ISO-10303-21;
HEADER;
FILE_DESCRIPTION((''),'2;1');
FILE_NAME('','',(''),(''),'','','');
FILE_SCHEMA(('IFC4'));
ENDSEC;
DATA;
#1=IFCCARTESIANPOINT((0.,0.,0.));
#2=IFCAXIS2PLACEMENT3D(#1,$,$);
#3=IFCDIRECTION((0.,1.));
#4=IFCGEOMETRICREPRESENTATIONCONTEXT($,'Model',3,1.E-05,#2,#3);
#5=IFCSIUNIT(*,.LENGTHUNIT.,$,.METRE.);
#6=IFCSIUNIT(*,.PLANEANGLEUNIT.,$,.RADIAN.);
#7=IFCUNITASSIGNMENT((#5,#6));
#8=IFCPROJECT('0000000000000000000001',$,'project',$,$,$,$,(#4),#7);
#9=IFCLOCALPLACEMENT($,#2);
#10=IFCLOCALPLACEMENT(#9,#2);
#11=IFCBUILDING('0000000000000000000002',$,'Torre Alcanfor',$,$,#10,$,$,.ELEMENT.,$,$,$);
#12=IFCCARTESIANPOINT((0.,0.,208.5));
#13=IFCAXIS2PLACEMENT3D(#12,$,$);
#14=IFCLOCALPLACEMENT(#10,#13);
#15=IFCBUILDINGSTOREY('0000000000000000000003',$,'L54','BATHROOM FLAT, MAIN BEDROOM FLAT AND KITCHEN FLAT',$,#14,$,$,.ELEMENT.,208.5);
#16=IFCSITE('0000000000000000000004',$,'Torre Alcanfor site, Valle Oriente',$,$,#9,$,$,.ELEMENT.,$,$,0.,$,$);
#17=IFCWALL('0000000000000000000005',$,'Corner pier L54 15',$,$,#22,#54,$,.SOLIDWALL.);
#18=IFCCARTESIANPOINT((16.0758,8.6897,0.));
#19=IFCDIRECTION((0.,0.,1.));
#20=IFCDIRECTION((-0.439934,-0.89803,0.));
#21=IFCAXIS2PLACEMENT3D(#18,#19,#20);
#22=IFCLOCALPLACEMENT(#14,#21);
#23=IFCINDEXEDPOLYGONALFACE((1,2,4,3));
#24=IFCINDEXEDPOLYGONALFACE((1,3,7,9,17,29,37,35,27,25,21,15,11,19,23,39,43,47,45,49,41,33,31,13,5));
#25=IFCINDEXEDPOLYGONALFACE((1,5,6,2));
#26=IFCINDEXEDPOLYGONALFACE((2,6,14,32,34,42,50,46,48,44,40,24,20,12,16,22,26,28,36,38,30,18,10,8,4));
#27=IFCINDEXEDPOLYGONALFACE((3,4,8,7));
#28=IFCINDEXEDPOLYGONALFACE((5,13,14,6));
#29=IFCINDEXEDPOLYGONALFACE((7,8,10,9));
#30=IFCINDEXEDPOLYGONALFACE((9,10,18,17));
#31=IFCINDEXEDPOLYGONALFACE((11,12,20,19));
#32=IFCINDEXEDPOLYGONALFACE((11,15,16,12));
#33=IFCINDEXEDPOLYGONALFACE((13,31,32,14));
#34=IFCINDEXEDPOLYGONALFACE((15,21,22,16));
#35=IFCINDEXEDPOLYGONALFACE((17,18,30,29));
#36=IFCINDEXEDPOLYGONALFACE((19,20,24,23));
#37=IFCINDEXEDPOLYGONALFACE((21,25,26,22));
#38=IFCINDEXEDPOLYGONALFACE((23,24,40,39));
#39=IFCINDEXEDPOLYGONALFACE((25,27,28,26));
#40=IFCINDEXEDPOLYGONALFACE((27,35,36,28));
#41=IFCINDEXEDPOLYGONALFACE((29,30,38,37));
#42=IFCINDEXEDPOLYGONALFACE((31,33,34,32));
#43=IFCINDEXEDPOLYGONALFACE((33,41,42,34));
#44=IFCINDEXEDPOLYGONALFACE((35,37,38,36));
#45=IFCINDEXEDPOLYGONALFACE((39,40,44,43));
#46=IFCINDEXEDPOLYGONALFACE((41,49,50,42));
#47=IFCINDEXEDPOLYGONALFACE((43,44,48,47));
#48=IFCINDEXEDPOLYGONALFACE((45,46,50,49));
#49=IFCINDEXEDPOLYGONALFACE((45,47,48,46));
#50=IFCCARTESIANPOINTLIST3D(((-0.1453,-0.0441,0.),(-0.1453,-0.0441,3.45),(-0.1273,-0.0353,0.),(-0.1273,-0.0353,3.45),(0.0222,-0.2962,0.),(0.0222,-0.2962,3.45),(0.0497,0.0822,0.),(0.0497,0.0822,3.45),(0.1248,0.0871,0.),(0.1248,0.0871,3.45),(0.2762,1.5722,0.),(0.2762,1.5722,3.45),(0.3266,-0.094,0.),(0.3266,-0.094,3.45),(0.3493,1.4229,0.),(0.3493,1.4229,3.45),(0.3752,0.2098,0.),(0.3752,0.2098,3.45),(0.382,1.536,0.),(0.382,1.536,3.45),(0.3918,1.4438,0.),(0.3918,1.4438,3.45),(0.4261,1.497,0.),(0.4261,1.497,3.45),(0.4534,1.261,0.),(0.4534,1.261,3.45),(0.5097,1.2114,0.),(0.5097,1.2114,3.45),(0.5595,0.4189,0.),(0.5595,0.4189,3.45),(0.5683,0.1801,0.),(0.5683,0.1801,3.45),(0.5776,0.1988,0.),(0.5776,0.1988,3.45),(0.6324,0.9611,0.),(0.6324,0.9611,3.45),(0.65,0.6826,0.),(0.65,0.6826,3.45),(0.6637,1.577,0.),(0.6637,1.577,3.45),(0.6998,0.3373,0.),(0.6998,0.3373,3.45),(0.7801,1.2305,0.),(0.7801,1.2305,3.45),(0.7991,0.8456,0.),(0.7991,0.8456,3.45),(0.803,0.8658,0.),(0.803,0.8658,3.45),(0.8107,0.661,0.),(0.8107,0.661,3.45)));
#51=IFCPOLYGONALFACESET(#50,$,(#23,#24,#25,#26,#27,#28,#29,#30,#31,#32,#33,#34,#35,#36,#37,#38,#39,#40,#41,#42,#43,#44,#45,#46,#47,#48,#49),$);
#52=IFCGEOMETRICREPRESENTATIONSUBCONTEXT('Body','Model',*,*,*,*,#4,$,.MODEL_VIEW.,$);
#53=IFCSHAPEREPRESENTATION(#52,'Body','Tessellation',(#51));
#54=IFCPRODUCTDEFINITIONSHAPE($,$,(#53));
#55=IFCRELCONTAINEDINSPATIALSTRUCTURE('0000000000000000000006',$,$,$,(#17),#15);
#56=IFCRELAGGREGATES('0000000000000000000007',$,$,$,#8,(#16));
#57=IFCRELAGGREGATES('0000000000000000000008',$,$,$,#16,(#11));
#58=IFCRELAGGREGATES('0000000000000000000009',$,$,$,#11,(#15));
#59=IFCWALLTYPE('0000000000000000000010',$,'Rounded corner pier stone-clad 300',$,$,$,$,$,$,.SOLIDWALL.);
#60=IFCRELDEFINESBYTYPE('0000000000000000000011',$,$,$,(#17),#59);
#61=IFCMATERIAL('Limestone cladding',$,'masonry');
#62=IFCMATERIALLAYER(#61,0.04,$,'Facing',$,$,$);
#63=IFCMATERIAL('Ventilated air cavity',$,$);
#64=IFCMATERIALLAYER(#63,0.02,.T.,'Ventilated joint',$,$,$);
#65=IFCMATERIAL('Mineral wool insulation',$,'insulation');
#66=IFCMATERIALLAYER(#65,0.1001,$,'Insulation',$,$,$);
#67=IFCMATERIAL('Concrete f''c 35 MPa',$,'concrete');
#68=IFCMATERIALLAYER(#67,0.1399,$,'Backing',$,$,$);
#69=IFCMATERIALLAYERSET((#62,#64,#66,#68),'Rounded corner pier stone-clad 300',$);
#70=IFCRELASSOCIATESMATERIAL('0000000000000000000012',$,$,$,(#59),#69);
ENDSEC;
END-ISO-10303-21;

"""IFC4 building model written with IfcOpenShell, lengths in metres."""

from ifc_helpers import new_model, si_unit, direction, frame, origin, place, context, subcontext, project, spatial, polyline, outline, extrude, material, layer, layer_set, type_object, element, save


model = new_model("IFC4")

# Units and contexts
model_context = context("Model", 3, precision=1e-05, world=origin(), true_north=direction((0.0, 1.0)))
body_context = subcontext(model_context, "Body", "Model", "MODEL_VIEW")
ifc_project = project(units=[si_unit("LENGTHUNIT", "METRE"), si_unit("PLANEANGLEUNIT", "RADIAN")], contexts=[model_context])

# Site, building, storey
site_placement = place(None, origin())
site = spatial("IfcSite", under=ifc_project, at=site_placement, Name="Torre Alcanfor site, Valle Oriente", CompositionType="ELEMENT", RefElevation=0.0)
building_placement = place(site_placement, origin())
building = spatial("IfcBuilding", under=site, at=building_placement, Name="Torre Alcanfor", CompositionType="ELEMENT")
storey_placement = place(building_placement, frame((0.0, 0.0, 208.5)))
storey = spatial("IfcBuildingStorey", under=building, at=storey_placement, Name="L54", Description="BATHROOM FLAT, MAIN BEDROOM FLAT AND KITCHEN FLAT", CompositionType="ELEMENT", Elevation=208.5)

# Shared definitions
ifc_material_1 = material(Name="Limestone cladding", Category="masonry")
ifc_material_2 = material(Name="Ventilated air cavity")
ifc_material_3 = material(Name="Mineral wool insulation", Category="insulation")
ifc_material_4 = material(Name="Concrete f'c 35 MPa", Category="concrete")

# Wall
ifc_layer_1 = layer(ifc_material_1, 0.04, Name="Facing")
ifc_layer_2 = layer(ifc_material_2, 0.02, ventilated=True, Name="Ventilated joint")
ifc_layer_3 = layer(ifc_material_3, 0.1001, Name="Insulation")
ifc_layer_4 = layer(ifc_material_4, 0.1399, Name="Backing")
ifc_layer_set_1 = layer_set([ifc_layer_1, ifc_layer_2, ifc_layer_3, ifc_layer_4], Name="Rounded corner pier stone-clad 300")
wall_type_1 = type_object("IfcWallType", Name="Rounded corner pier stone-clad 300", PredefinedType="SOLIDWALL", material=ifc_layer_set_1)
wall_1_placement = place(storey_placement, frame((16.0758, 8.6897, 0.0), z_axis=(0.0, 0.0, 1.0), x_axis=(-0.439934, -0.89803, 0.0)))
element("IfcWall", 1, at=wall_1_placement, inside=storey, type_object=wall_type_1, Name="Corner pier L54 15", PredefinedType="SOLIDWALL", context=body_context, shape_type="SweptSolid", body=[
    extrude(outline(polyline([(0.6637, 1.577), (0.4261, 1.497), (0.382, 1.536), (0.2762, 1.5722), (0.3493, 1.4229), (0.3918, 1.4438), (0.4534, 1.261), (0.5097, 1.2114), (0.6324, 0.9611), (0.65, 0.6826), (0.5595, 0.4189), (0.3752, 0.2098), (0.1248, 0.0871), (0.0497, 0.0822), (-0.1273, -0.0353), (-0.1453, -0.0441), (0.0222, -0.2962), (0.3266, -0.094), (0.5683, 0.1801), (0.5776, 0.1988), (0.6998, 0.3373), (0.8107, 0.661), (0.7991, 0.8456), (0.803, 0.8658), (0.7801, 1.2305), (0.6637, 1.577)])), origin(), (0.0, 0.0, 1.0), 3.45),
])

save(model, "model.ifc")
